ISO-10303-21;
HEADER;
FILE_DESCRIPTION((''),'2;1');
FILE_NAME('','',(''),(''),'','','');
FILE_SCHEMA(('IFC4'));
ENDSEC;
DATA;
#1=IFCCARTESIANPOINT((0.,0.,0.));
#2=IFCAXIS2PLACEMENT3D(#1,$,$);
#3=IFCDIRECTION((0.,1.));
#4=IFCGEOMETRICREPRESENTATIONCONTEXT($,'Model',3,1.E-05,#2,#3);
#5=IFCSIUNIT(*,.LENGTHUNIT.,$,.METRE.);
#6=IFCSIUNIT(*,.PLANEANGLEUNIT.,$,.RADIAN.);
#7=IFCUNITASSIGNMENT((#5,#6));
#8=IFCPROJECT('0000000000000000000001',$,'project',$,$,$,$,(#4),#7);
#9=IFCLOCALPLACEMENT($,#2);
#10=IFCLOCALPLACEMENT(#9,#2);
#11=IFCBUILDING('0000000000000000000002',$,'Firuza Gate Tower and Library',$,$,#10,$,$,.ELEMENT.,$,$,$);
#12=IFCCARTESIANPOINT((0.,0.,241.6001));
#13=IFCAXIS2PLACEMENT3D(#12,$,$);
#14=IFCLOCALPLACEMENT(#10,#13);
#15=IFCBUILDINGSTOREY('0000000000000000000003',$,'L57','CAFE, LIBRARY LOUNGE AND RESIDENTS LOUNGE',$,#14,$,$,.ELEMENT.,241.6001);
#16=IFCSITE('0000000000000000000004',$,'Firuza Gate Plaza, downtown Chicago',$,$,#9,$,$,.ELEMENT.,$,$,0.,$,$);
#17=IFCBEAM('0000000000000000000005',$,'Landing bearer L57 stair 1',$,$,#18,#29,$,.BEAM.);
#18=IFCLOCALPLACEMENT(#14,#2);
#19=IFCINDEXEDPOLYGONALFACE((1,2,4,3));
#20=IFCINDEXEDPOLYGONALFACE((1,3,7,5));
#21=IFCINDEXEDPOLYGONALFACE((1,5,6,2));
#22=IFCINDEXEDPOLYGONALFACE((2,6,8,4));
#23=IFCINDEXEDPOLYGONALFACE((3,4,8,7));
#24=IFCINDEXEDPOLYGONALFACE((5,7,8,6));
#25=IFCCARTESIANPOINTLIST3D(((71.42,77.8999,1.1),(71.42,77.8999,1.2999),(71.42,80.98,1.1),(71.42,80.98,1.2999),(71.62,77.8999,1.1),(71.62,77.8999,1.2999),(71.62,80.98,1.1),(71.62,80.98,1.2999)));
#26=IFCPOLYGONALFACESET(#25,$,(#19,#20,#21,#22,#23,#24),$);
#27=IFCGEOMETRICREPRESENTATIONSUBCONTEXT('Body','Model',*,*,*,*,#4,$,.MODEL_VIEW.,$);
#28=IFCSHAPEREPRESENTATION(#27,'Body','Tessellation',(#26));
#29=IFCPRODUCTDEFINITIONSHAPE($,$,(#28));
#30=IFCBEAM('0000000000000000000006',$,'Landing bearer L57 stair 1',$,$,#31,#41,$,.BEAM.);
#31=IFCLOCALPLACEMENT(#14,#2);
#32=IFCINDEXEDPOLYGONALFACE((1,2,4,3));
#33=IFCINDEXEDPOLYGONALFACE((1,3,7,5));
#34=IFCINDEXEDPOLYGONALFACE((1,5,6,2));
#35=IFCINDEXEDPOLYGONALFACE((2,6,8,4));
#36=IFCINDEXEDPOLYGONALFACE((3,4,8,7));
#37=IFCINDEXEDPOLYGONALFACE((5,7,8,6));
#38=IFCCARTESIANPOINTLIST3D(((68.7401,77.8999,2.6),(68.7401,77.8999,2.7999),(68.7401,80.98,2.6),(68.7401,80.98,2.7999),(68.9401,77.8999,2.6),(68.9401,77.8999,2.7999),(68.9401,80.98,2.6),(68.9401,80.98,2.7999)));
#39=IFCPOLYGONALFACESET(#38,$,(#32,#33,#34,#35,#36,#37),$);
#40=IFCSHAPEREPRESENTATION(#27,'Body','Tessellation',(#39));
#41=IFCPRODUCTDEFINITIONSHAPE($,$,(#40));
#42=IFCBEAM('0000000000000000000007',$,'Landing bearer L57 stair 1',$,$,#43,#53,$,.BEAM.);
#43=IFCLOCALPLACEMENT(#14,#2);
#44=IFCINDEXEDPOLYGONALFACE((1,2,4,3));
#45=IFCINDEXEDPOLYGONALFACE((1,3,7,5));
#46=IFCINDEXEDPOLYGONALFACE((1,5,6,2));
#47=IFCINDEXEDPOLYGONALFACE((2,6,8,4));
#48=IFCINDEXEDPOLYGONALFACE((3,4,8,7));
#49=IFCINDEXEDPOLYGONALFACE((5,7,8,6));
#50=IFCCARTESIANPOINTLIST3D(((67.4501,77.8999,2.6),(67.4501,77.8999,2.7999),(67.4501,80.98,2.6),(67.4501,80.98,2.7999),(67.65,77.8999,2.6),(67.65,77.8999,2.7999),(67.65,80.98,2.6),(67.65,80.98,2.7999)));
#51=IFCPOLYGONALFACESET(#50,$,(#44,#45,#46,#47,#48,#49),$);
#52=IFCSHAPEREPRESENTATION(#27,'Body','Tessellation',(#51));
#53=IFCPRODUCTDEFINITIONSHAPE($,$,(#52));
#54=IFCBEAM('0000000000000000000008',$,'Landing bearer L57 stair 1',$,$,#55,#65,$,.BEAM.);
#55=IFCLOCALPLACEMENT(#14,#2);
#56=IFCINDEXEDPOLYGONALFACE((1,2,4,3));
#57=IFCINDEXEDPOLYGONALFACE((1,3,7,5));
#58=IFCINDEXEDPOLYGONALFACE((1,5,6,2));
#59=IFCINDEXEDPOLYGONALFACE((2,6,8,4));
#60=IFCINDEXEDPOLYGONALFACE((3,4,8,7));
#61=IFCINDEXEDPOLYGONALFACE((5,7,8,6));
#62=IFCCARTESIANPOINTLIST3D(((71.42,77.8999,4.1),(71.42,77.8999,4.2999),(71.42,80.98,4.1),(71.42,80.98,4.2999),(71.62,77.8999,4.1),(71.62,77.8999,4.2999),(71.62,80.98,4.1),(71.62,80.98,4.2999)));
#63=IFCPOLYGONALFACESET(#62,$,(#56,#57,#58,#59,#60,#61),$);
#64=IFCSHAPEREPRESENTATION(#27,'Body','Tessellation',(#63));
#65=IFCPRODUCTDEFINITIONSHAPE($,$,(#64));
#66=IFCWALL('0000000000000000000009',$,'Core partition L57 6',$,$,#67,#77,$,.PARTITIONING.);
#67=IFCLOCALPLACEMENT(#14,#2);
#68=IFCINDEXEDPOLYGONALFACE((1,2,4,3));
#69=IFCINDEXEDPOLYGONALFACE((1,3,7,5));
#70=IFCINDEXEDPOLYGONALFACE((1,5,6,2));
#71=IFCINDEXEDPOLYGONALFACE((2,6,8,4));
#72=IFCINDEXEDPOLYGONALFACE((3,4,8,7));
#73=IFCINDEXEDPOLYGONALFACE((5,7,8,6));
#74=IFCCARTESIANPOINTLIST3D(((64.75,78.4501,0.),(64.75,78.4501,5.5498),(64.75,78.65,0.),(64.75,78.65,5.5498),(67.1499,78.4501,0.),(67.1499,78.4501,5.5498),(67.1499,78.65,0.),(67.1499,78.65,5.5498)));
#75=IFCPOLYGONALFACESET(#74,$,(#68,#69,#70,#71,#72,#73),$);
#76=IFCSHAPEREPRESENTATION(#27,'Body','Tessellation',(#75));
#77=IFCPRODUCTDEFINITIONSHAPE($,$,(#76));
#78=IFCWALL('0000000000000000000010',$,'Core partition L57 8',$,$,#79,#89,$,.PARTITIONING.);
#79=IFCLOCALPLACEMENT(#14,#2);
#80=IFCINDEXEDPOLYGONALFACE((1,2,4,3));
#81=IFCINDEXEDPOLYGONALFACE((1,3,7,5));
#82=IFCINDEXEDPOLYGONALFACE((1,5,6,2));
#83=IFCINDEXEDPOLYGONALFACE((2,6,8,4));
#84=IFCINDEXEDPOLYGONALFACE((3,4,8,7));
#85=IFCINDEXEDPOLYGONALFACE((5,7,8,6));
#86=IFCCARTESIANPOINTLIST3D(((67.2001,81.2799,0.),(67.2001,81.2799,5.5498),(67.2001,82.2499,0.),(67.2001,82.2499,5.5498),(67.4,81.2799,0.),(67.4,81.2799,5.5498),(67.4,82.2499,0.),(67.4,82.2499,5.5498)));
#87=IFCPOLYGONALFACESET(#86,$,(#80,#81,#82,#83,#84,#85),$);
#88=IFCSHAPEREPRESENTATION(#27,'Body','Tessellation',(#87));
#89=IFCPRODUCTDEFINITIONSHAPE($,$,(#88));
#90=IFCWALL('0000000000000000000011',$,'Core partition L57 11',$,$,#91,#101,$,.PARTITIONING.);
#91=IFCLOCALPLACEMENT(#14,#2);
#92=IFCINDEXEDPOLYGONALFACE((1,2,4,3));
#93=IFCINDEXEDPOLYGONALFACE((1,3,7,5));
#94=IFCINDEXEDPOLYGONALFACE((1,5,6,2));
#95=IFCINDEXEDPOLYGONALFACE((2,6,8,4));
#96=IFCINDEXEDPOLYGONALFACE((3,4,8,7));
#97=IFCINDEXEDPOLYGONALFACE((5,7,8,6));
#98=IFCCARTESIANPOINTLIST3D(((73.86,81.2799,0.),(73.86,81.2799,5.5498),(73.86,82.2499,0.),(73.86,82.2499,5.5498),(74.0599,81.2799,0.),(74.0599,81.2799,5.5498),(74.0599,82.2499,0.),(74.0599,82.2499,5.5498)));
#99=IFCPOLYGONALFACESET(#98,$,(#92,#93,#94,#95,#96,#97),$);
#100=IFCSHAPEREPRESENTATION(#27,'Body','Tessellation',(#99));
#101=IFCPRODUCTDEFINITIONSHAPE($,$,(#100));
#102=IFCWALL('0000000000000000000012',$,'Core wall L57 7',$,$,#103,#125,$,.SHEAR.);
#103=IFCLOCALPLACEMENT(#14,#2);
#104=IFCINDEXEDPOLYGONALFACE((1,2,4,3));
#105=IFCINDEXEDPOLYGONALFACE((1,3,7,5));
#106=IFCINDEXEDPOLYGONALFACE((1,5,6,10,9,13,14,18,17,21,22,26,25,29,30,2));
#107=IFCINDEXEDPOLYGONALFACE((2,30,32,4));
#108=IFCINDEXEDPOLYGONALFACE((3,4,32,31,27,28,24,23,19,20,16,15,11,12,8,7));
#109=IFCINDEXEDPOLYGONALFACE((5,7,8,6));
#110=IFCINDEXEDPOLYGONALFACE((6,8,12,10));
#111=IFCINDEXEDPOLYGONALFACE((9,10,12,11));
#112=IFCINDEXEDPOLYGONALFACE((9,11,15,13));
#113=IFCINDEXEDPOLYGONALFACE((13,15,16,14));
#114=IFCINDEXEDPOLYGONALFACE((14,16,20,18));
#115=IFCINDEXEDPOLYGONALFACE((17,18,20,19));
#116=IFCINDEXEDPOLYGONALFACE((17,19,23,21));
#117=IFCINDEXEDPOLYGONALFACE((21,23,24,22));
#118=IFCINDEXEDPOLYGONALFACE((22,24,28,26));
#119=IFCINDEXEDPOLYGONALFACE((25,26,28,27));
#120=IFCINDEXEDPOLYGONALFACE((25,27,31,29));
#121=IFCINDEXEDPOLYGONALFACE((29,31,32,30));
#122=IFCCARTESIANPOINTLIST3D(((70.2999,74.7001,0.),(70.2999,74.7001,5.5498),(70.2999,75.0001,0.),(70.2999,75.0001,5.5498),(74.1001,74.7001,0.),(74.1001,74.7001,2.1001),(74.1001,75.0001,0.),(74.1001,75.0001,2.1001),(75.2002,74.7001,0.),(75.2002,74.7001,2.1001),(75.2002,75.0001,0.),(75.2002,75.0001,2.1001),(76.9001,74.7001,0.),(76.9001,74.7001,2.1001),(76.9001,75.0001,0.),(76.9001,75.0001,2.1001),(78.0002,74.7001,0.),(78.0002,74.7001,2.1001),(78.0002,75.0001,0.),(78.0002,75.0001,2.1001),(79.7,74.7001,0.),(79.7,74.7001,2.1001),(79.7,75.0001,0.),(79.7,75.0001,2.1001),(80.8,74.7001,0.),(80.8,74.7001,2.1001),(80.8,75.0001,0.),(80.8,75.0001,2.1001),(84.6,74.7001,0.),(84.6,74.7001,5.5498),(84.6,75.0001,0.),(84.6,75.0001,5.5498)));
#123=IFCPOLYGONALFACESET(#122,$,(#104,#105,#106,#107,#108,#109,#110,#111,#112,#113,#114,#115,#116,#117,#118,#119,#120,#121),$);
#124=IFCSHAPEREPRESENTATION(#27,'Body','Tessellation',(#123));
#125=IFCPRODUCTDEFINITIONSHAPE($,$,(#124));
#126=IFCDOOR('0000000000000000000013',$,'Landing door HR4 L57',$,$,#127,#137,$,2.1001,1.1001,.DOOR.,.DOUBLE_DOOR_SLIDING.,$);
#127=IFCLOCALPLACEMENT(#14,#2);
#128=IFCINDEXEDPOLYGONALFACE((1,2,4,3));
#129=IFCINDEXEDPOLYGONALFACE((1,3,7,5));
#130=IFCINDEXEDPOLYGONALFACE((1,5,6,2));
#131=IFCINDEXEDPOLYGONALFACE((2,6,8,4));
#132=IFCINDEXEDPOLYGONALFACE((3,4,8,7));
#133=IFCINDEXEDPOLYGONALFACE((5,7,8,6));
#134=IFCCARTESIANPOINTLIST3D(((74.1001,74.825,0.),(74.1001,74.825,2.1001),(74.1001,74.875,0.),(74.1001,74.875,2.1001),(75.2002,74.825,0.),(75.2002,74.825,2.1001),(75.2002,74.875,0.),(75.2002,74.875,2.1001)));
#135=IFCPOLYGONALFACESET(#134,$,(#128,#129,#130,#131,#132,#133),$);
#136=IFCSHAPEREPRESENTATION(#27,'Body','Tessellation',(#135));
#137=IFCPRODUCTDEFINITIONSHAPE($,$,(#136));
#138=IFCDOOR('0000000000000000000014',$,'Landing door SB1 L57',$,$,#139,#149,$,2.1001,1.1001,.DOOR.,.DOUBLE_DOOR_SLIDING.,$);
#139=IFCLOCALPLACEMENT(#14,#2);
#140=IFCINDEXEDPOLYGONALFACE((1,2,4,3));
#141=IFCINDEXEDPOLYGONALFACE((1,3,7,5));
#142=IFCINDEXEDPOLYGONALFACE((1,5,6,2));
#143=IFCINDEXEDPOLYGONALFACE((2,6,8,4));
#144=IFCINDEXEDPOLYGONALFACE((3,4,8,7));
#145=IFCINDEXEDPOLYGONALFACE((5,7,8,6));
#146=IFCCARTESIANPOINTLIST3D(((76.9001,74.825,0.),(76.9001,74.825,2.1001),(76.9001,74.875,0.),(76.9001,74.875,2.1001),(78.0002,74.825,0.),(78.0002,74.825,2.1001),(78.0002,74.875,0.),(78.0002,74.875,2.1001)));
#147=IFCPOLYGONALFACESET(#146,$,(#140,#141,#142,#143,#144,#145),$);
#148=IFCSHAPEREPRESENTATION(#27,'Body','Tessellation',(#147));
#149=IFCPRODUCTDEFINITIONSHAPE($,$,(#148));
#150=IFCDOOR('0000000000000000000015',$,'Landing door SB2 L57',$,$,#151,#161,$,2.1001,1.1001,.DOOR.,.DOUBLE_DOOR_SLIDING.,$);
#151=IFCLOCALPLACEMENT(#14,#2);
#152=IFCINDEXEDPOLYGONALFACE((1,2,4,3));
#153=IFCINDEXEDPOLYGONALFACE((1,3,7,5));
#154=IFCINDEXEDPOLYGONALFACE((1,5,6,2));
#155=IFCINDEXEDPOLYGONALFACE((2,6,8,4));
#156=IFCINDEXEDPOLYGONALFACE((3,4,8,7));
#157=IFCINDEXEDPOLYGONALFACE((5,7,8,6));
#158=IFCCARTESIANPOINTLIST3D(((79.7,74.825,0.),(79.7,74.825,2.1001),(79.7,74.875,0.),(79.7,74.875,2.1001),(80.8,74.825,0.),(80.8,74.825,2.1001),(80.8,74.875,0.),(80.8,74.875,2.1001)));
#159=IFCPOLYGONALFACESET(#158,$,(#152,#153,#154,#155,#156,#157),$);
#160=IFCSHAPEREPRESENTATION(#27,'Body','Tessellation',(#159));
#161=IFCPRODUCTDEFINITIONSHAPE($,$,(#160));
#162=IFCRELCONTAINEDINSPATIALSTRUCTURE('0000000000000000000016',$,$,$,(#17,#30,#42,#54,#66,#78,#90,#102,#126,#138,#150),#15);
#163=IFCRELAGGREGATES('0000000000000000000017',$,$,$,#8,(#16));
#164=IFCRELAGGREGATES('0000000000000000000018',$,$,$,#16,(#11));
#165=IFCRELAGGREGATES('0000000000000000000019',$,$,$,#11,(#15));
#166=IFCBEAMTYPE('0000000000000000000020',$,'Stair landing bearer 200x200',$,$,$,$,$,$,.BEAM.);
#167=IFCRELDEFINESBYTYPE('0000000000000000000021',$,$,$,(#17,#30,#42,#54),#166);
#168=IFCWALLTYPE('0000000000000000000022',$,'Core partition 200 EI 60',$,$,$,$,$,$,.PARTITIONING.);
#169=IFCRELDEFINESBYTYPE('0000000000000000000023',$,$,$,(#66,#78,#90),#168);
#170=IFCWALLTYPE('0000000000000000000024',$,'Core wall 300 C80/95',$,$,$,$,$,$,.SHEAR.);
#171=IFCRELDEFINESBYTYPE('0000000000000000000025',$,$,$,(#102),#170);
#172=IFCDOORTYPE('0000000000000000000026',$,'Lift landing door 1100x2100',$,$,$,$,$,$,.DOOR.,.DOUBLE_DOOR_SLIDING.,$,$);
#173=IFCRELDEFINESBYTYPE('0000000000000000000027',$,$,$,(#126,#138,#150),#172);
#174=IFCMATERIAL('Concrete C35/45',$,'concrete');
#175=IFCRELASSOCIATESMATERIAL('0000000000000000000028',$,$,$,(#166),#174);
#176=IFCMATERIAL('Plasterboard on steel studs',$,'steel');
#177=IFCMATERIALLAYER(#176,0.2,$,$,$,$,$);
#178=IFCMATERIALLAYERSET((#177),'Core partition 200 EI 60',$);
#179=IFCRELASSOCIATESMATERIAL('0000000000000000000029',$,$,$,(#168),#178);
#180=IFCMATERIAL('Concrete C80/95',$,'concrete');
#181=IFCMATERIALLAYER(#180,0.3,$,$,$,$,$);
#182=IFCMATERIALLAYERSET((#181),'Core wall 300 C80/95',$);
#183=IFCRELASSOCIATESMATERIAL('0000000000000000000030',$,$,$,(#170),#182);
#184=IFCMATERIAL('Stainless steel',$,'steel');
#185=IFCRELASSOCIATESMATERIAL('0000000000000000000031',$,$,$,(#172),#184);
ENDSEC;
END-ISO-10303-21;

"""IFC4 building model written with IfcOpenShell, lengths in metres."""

from ifc_helpers import new_model, si_unit, direction, frame, frame_2d, origin, origin_2d, place, context, subcontext, project, spatial, rectangle, extrude, material, layer, layer_set, material_profile, profile_set, type_object, element, fill, save


model = new_model("IFC4")

# Units and contexts
model_context = context("Model", 3, precision=1e-05, world=origin(), true_north=direction((0.0, 1.0)))
body_context = subcontext(model_context, "Body", "Model", "MODEL_VIEW")
ifc_project = project(units=[si_unit("LENGTHUNIT", "METRE"), si_unit("PLANEANGLEUNIT", "RADIAN")], contexts=[model_context])

# Site, building, storey
site_placement = place(None, origin())
site = spatial("IfcSite", under=ifc_project, at=site_placement, Name="Firuza Gate Plaza, downtown Chicago", CompositionType="ELEMENT", RefElevation=0.0)
building_placement = place(site_placement, origin())
building = spatial("IfcBuilding", under=site, at=building_placement, Name="Firuza Gate Tower and Library", CompositionType="ELEMENT")
storey_placement = place(building_placement, frame((0.0, 0.0, 241.6001)))
storey = spatial("IfcBuildingStorey", under=building, at=storey_placement, Name="L57", Description="CAFE, LIBRARY LOUNGE AND RESIDENTS LOUNGE", CompositionType="ELEMENT", Elevation=241.6001)

# Beams
ifc_material_1 = material(Name="Concrete C35/45", Category="concrete")
ifc_material_profile = material_profile(ifc_material_1, rectangle(XDim=0.2, YDim=0.2, at=origin_2d()))
ifc_profile_set = profile_set([ifc_material_profile], Name="Concrete C35/45")
beam_type = type_object("IfcBeamType", Name="Stair landing bearer 200x200", PredefinedType="BEAM", material=ifc_profile_set)
for number, where, z_axis, x_axis, name in (
    (1, (71.52, 77.8999, 1.2), (0.0, 1.0, 0.0), (-1.0, 0.0, 0.0), "Landing bearer L57 stair 1"),
    (2, (68.8401, 77.8999, 2.7), (0.0, 1.0, 0.0), (-1.0, 0.0, 0.0), "Landing bearer L57 stair 1"),
    (3, (67.55, 77.8999, 2.7), (0.0, 1.0, 0.0), (-1.0, 0.0, 0.0), "Landing bearer L57 stair 1"),
    (4, (71.52, 77.8999, 4.2), (0.0, 1.0, 0.0), (-1.0, 0.0, 0.0), "Landing bearer L57 stair 1"),
):
    element("IfcBeam", number, at=place(storey_placement, frame(where, z_axis=z_axis, x_axis=x_axis)), inside=storey, type_object=beam_type, Name=name, PredefinedType="BEAM", context=body_context, shape_type="SweptSolid", body=[
        extrude(rectangle(XDim=0.2, YDim=0.2, at=origin_2d()), origin(), (0.0, 0.0, 1.0), 3.0801),
    ])

# Walls
ifc_material_2 = material(Name="Plasterboard on steel studs", Category="steel")
ifc_layer_1 = layer(ifc_material_2, 0.2)
ifc_layer_set_1 = layer_set([ifc_layer_1], Name="Core partition 200 EI 60")
wall_type_1 = type_object("IfcWallType", Name="Core partition 200 EI 60", PredefinedType="PARTITIONING", material=ifc_layer_set_1)
wall_1_placement = place(storey_placement, frame((64.75, 78.55, 0.0), z_axis=(0.0, 0.0, 1.0), x_axis=(1.0, 0.0, 0.0)))
element("IfcWall", 5, at=wall_1_placement, inside=storey, type_object=wall_type_1, Name="Core partition L57 6", PredefinedType="PARTITIONING", context=body_context, shape_type="SweptSolid", body=[
    extrude(rectangle(XDim=2.3999, YDim=0.2, at=frame_2d((1.2, 0.0))), origin(), (0.0, 0.0, 1.0), 5.5498),
])
for number, where, z_axis, x_axis, name in (
    (6, (67.3, 81.28, 0.0), (0.0, 0.0, 1.0), (0.0, 1.0, 0.0), "Core partition L57 8"),
    (7, (73.96, 81.28, 0.0), (0.0, 0.0, 1.0), (0.0, 1.0, 0.0), "Core partition L57 11"),
):
    element("IfcWall", number, at=place(storey_placement, frame(where, z_axis=z_axis, x_axis=x_axis)), inside=storey, type_object=wall_type_1, Name=name, PredefinedType="PARTITIONING", context=body_context, shape_type="SweptSolid", body=[
        extrude(rectangle(XDim=0.97, YDim=0.2, at=frame_2d((0.4849, 0.0))), origin(), (0.0, 0.0, 1.0), 5.5498),
    ])

# Wall, openings, doors
ifc_material_3 = material(Name="Concrete C80/95", Category="concrete")
ifc_layer_2 = layer(ifc_material_3, 0.3)
ifc_layer_set_2 = layer_set([ifc_layer_2], Name="Core wall 300 C80/95")
wall_type_2 = type_object("IfcWallType", Name="Core wall 300 C80/95", PredefinedType="SHEAR", material=ifc_layer_set_2)
wall_2_placement = place(storey_placement, frame((70.3, 74.8501, 0.0), z_axis=(0.0, 0.0, 1.0), x_axis=(1.0, 0.0, 0.0)))
wall_2 = element("IfcWall", 8, at=wall_2_placement, inside=storey, type_object=wall_type_2, Name="Core wall L57 7", PredefinedType="SHEAR", context=body_context, shape_type="SweptSolid", body=[
    extrude(rectangle(XDim=14.3, YDim=0.3, at=frame_2d((7.1499, 0.0))), origin(), (0.0, 0.0, 1.0), 5.5498),
])
opening_1_placement = place(wall_2_placement, frame((3.8, 0.0, 0.0)))
opening_1 = element("IfcOpeningElement", 9, at=opening_1_placement, cuts=wall_2, PredefinedType="OPENING", context=body_context, shape_type="SweptSolid", body=[
    extrude(rectangle(XDim=1.1001, YDim=2.1001, at=frame_2d((0.55, 1.05))), frame((0.0, 0.1602, 0.0), z_axis=(0.0, -1.0, 0.0), x_axis=(1.0, 0.0, 0.0)), (0.0, 0.0, 1.0), 0.3201),
])
opening_2_placement = place(wall_2_placement, frame((6.6001, 0.0, 0.0)))
opening_2 = element("IfcOpeningElement", 10, at=opening_2_placement, cuts=wall_2, PredefinedType="OPENING", context=body_context, shape_type="SweptSolid", body=[
    extrude(rectangle(XDim=1.1001, YDim=2.1001, at=frame_2d((0.55, 1.05))), frame((0.0, 0.1602, 0.0), z_axis=(0.0, -1.0, 0.0), x_axis=(1.0, 0.0, 0.0)), (0.0, 0.0, 1.0), 0.3201),
])
opening_3_placement = place(wall_2_placement, frame((9.3999, 0.0, 0.0)))
opening_3 = element("IfcOpeningElement", 11, at=opening_3_placement, cuts=wall_2, PredefinedType="OPENING", context=body_context, shape_type="SweptSolid", body=[
    extrude(rectangle(XDim=1.1001, YDim=2.1001, at=frame_2d((0.55, 1.05))), frame((0.0, 0.1602, 0.0), z_axis=(0.0, -1.0, 0.0), x_axis=(1.0, 0.0, 0.0)), (0.0, 0.0, 1.0), 0.3201),
])
ifc_material_4 = material(Name="Stainless steel", Category="steel")
door_type_1 = type_object("IfcDoorType", Name="Lift landing door 1100x2100", OperationType="DOUBLE_DOOR_SLIDING", PredefinedType="DOOR", material=ifc_material_4)
door_1_placement = place(opening_1_placement, origin())
door_1 = element("IfcDoor", 12, at=door_1_placement, inside=storey, type_object=door_type_1, Name="Landing door HR4 L57", OperationType="DOUBLE_DOOR_SLIDING", OverallHeight=2.1001, OverallWidth=1.1001, PredefinedType="DOOR", context=body_context, shape_type="SweptSolid", body=[
    extrude(rectangle(XDim=1.1001, YDim=2.1001, at=frame_2d((0.55, 1.05))), frame((0.0, 0.0249, 0.0), z_axis=(0.0, -1.0, 0.0), x_axis=(1.0, 0.0, 0.0)), (0.0, 0.0, 1.0), 0.05),
])
fill(opening_1, door_1)
door_2_placement = place(opening_2_placement, origin())
door_2 = element("IfcDoor", 13, at=door_2_placement, inside=storey, type_object=door_type_1, Name="Landing door SB1 L57", OperationType="DOUBLE_DOOR_SLIDING", OverallHeight=2.1001, OverallWidth=1.1001, PredefinedType="DOOR", context=body_context, shape_type="SweptSolid", body=[
    extrude(rectangle(XDim=1.1001, YDim=2.1001, at=frame_2d((0.55, 1.05))), frame((0.0, 0.0249, 0.0), z_axis=(0.0, -1.0, 0.0), x_axis=(1.0, 0.0, 0.0)), (0.0, 0.0, 1.0), 0.05),
])
fill(opening_2, door_2)
door_3_placement = place(opening_3_placement, origin())
door_3 = element("IfcDoor", 14, at=door_3_placement, inside=storey, type_object=door_type_1, Name="Landing door SB2 L57", OperationType="DOUBLE_DOOR_SLIDING", OverallHeight=2.1001, OverallWidth=1.1001, PredefinedType="DOOR", context=body_context, shape_type="SweptSolid", body=[
    extrude(rectangle(XDim=1.1001, YDim=2.1001, at=frame_2d((0.55, 1.05))), frame((0.0, 0.0249, 0.0), z_axis=(0.0, -1.0, 0.0), x_axis=(1.0, 0.0, 0.0)), (0.0, 0.0, 1.0), 0.05),
])
fill(opening_3, door_3)

save(model, "model.ifc")
